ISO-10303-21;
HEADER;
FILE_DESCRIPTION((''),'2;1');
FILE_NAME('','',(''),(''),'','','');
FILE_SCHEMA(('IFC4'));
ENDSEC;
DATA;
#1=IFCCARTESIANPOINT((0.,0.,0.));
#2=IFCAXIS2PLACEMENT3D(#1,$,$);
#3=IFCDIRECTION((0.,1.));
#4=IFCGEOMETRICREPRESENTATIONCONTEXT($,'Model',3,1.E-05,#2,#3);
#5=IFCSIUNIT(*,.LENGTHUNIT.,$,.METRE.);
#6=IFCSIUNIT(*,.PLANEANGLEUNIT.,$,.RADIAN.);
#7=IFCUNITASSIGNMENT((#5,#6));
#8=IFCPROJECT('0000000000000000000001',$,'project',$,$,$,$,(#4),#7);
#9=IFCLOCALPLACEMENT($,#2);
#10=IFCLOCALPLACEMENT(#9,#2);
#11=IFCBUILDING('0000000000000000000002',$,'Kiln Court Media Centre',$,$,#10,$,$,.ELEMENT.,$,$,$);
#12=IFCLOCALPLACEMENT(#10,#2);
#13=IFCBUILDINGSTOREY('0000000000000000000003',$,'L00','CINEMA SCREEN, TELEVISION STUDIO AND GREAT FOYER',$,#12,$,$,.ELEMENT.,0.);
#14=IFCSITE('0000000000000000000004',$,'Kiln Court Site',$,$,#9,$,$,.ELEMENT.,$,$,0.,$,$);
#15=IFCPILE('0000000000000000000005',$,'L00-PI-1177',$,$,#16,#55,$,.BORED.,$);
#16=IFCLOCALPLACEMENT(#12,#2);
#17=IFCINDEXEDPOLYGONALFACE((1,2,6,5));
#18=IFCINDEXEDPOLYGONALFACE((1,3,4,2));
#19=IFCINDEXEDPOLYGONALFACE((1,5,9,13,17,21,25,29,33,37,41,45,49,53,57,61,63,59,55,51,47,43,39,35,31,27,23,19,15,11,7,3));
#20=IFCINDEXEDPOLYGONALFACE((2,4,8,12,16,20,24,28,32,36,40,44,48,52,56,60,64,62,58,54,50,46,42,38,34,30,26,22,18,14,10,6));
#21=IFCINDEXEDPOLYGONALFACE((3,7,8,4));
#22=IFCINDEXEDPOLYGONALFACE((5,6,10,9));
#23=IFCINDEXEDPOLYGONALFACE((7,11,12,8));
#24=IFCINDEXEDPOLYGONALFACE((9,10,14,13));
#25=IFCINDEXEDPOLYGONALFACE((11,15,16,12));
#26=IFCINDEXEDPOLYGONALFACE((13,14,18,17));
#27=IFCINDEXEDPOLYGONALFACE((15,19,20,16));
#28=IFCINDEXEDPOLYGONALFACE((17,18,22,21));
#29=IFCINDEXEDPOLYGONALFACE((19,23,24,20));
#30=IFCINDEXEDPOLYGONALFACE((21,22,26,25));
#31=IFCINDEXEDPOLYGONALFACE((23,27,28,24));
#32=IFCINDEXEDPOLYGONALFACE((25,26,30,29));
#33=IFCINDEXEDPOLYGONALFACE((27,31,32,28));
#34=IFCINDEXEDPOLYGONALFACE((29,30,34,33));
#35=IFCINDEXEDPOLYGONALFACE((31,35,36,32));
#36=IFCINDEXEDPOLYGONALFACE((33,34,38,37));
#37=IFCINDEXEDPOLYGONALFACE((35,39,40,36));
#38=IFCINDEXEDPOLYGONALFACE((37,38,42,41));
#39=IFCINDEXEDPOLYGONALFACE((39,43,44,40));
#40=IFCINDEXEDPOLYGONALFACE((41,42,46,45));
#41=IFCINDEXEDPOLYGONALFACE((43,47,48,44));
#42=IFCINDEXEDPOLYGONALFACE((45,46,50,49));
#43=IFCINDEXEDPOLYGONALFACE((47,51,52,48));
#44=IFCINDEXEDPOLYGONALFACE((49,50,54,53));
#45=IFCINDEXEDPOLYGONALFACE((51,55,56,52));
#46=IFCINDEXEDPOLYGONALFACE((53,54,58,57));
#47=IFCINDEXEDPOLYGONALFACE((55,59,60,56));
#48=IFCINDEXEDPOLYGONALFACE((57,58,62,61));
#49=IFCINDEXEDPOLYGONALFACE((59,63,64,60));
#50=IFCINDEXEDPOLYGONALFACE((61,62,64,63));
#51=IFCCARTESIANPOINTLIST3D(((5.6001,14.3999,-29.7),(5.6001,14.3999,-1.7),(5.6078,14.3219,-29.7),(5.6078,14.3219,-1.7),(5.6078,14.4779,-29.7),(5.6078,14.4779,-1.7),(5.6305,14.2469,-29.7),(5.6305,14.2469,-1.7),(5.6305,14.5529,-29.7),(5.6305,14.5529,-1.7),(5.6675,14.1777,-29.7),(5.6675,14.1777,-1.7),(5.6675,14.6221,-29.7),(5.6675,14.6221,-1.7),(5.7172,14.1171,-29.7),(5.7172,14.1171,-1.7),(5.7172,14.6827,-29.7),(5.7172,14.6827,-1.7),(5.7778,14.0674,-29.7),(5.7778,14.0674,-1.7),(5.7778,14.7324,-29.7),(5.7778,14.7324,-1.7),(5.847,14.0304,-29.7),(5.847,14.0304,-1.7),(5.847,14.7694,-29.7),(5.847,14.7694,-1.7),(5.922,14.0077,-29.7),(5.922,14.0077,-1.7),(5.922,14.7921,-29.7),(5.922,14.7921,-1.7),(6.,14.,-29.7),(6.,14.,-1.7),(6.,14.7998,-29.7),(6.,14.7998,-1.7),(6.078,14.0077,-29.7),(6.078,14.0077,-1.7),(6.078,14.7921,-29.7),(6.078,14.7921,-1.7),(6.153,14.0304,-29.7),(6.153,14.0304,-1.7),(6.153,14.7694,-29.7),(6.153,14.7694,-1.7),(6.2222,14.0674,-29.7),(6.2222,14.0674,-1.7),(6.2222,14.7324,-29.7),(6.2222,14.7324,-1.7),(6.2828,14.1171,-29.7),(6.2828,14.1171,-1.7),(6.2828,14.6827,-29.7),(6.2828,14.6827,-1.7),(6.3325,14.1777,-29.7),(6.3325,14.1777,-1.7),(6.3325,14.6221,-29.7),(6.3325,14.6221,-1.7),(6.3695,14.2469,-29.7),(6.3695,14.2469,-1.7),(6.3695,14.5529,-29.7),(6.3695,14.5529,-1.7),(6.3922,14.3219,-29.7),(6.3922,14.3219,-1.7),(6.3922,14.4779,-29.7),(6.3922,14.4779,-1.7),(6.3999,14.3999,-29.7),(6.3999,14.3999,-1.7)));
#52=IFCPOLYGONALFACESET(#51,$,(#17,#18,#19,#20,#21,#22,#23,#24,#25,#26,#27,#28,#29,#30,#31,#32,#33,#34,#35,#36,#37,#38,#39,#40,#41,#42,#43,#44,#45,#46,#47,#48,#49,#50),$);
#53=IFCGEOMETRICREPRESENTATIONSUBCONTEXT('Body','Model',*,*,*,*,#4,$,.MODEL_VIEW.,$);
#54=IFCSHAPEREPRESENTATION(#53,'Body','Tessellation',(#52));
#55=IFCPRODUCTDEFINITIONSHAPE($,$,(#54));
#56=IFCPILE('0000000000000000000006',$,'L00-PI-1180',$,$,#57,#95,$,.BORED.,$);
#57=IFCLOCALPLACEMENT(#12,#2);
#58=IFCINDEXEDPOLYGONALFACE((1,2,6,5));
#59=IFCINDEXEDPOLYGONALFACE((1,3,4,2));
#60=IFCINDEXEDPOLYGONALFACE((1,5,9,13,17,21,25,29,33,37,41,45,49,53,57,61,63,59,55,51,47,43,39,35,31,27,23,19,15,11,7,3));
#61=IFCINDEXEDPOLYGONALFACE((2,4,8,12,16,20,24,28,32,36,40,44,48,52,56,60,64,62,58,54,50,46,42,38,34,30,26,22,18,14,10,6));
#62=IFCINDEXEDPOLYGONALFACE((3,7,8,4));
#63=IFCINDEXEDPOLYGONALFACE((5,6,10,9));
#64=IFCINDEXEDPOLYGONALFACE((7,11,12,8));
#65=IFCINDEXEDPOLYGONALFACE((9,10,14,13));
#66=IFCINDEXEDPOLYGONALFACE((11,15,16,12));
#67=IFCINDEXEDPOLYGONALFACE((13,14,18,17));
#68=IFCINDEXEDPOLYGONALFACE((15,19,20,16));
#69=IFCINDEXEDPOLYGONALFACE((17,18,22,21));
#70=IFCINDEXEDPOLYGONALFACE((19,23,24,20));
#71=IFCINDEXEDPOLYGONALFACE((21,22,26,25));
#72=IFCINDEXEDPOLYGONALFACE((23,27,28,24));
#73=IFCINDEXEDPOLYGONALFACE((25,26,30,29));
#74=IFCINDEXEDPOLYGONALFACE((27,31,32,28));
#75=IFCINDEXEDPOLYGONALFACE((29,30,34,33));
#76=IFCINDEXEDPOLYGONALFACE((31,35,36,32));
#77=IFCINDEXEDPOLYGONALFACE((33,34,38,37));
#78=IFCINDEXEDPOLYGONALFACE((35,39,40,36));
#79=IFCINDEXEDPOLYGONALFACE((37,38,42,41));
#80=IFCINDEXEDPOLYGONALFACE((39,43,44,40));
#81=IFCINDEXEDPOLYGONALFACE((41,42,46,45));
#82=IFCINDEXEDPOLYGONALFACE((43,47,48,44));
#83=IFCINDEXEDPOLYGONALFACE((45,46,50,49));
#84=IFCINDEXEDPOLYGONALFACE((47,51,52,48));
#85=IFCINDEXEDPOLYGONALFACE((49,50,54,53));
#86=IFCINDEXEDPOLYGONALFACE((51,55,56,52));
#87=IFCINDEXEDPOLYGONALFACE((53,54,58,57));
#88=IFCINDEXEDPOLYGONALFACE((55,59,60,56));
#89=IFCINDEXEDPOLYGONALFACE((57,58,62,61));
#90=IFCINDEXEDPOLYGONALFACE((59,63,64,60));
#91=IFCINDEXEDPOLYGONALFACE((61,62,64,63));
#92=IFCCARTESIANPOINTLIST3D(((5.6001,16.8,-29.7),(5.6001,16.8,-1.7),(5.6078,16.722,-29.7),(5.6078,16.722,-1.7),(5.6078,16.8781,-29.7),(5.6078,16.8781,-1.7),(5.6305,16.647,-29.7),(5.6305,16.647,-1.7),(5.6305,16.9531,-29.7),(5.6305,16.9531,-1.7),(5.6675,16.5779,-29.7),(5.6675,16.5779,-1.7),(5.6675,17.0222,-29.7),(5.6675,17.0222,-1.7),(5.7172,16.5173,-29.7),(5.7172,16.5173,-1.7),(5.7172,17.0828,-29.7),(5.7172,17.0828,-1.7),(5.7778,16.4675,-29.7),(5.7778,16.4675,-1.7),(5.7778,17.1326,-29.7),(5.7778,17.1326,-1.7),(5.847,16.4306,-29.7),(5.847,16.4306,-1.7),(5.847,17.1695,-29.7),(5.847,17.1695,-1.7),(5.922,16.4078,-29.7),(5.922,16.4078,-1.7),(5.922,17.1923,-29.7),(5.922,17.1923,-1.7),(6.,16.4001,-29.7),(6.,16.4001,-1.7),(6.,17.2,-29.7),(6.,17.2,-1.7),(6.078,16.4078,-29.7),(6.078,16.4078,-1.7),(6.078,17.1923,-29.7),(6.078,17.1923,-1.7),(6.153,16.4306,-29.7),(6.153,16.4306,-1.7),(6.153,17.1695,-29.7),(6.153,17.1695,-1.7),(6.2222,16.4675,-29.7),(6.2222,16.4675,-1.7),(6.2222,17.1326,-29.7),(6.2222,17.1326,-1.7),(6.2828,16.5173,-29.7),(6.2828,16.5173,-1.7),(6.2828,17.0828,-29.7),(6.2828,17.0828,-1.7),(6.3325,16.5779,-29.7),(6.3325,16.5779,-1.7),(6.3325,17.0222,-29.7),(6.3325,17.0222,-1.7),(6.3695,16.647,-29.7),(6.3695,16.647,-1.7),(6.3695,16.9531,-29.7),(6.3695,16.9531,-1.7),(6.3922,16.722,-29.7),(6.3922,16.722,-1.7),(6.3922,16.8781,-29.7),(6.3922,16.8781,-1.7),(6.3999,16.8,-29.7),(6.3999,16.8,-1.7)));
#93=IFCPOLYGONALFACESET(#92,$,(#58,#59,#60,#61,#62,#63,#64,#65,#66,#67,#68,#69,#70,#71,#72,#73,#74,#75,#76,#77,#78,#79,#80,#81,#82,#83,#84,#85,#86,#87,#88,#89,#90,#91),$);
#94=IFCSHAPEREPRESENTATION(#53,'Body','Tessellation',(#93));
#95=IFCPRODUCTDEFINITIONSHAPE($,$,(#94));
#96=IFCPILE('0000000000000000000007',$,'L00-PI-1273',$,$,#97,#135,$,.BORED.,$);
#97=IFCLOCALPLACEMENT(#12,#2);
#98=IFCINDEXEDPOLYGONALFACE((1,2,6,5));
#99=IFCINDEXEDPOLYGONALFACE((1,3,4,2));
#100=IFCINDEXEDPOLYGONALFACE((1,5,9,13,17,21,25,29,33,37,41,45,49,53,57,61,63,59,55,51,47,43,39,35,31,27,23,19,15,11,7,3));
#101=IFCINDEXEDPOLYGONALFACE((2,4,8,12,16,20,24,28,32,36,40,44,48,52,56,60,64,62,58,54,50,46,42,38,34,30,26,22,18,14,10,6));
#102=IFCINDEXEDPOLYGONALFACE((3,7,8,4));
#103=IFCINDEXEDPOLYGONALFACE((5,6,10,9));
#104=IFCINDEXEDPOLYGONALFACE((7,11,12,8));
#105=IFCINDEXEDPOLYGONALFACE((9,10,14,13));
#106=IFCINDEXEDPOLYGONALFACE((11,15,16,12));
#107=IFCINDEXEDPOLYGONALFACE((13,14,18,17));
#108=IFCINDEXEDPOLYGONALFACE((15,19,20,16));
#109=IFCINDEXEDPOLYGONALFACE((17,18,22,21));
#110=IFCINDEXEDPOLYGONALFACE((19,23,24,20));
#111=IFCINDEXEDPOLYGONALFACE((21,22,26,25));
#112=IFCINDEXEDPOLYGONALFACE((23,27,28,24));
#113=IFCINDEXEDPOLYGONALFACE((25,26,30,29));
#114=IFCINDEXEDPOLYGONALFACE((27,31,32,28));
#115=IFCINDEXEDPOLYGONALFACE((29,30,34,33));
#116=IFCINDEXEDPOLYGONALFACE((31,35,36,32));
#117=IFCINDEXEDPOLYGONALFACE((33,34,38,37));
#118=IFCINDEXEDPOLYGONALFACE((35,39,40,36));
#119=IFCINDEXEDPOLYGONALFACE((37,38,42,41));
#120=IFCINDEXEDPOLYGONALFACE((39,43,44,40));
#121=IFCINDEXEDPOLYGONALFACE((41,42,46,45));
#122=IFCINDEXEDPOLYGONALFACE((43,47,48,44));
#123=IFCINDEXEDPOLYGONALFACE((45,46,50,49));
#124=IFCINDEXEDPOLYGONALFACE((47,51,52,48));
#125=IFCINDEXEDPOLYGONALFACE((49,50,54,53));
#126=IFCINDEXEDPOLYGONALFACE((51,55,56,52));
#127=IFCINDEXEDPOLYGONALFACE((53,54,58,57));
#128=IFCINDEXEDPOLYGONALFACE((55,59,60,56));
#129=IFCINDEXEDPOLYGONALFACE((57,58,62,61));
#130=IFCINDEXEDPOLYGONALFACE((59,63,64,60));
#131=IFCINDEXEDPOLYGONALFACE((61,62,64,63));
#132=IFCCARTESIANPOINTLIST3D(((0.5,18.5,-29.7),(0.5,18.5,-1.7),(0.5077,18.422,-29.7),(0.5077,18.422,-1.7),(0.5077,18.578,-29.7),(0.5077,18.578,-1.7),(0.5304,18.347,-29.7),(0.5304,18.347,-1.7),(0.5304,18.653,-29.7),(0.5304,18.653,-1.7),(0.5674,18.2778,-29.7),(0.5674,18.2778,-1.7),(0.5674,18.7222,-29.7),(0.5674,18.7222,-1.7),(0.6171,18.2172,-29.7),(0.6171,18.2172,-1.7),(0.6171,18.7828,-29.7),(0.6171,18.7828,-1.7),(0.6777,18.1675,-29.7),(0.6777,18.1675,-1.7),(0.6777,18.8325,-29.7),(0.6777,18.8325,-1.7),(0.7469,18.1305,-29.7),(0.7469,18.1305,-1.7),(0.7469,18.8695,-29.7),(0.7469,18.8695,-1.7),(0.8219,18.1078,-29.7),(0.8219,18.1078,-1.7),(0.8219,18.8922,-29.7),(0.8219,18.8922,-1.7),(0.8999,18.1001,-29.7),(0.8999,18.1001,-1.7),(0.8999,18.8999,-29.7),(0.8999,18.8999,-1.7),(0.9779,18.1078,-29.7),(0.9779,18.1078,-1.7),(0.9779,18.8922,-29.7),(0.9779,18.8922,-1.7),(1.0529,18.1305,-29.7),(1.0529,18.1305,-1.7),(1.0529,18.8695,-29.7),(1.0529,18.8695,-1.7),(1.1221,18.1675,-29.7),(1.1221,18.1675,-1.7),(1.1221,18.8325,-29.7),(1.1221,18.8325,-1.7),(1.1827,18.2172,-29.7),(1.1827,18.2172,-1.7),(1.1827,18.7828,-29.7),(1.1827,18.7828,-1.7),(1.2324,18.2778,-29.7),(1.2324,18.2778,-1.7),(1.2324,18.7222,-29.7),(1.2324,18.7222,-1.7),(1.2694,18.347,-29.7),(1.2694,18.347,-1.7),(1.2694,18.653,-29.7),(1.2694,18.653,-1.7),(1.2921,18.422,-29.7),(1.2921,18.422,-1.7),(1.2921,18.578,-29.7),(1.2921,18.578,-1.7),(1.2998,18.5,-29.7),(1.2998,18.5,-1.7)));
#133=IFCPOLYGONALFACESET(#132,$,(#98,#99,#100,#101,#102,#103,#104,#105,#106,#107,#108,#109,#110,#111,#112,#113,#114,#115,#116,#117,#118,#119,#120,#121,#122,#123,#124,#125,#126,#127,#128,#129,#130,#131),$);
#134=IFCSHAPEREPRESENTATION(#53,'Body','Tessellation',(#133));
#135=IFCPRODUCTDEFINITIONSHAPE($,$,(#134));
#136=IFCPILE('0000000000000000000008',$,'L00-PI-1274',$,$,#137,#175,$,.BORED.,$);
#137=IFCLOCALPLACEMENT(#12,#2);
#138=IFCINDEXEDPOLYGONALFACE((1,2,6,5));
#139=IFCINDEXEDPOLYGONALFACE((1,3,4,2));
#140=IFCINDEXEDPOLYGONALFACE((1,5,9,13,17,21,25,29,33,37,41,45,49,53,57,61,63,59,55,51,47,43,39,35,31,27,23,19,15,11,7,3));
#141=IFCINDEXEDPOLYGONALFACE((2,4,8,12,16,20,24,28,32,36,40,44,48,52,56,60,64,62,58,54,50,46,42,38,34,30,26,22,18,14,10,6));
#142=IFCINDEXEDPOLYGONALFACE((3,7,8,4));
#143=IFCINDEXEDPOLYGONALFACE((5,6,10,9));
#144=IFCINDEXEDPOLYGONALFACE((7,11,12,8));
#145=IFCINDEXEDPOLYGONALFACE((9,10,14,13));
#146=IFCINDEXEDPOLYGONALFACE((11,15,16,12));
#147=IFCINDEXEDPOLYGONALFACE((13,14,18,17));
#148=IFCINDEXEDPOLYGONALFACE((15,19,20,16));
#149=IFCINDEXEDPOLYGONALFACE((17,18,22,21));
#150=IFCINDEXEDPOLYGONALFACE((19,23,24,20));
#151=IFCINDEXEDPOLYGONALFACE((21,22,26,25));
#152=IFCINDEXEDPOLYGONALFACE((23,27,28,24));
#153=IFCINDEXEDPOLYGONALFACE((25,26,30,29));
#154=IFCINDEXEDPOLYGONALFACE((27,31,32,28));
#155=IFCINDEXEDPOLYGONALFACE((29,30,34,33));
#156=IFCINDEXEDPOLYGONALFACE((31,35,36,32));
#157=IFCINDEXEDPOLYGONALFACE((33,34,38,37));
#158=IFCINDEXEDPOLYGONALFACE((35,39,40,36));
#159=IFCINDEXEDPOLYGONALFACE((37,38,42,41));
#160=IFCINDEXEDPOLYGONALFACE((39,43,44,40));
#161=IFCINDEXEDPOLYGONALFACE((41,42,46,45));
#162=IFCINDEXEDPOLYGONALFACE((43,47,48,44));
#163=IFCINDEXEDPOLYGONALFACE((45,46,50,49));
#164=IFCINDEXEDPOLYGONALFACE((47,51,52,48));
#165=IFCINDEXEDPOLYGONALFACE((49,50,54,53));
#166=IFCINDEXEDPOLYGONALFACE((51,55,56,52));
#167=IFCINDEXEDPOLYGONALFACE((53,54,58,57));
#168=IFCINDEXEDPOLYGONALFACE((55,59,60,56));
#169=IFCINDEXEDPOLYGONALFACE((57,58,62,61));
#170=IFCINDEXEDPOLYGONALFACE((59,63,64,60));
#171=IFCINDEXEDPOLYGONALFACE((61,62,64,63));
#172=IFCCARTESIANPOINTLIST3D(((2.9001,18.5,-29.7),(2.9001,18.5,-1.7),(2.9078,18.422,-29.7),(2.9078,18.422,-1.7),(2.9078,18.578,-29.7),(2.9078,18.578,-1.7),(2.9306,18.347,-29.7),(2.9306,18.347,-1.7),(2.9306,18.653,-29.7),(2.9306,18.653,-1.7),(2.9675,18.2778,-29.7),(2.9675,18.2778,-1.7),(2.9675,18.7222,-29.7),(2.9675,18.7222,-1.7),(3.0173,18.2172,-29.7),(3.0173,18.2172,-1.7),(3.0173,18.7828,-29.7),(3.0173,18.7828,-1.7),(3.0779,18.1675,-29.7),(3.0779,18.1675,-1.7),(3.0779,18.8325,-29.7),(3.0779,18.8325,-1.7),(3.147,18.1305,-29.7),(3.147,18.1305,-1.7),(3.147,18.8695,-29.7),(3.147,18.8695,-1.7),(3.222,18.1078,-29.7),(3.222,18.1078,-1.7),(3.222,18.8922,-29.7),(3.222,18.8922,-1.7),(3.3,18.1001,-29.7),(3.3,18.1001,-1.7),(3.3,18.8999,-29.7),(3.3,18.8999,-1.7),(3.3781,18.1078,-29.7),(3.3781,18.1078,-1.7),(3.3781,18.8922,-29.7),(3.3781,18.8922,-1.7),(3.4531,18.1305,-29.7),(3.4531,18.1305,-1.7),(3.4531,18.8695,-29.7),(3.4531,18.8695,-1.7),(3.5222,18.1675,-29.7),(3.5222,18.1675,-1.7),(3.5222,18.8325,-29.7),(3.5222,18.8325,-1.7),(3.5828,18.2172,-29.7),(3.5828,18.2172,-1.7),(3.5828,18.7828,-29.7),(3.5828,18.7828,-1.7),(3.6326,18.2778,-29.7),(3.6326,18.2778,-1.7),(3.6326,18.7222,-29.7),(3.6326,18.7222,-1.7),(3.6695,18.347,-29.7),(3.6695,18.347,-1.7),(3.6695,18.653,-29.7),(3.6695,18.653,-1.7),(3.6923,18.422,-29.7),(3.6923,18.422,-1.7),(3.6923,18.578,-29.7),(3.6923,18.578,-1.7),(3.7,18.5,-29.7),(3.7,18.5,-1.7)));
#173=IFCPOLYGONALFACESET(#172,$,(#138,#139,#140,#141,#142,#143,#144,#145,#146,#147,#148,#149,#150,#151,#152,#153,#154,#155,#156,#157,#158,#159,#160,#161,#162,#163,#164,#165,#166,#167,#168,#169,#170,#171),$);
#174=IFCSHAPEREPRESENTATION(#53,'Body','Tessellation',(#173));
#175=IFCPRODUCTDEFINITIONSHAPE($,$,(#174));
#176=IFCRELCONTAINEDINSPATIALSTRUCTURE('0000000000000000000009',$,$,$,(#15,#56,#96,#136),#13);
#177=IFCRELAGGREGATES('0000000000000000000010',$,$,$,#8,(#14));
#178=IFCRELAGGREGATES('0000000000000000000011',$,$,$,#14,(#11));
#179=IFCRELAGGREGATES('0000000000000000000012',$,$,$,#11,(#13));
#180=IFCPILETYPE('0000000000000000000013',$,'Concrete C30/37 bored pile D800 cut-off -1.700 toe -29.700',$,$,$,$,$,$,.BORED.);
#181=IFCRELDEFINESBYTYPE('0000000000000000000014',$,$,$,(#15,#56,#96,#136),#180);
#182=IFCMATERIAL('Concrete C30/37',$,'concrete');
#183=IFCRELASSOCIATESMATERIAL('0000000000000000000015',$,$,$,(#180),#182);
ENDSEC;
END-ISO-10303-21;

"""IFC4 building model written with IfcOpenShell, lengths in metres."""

from ifc_helpers import new_model, si_unit, direction, frame, origin, origin_2d, place, context, subcontext, project, spatial, circle, extrude, material, material_profile, profile_set, type_object, element, save


model = new_model("IFC4")

# Units and contexts
model_context = context("Model", 3, precision=1e-05, world=origin(), true_north=direction((0.0, 1.0)))
body_context = subcontext(model_context, "Body", "Model", "MODEL_VIEW")
ifc_project = project(units=[si_unit("LENGTHUNIT", "METRE"), si_unit("PLANEANGLEUNIT", "RADIAN")], contexts=[model_context])

# Site, building, storey
site_placement = place(None, origin())
site = spatial("IfcSite", under=ifc_project, at=site_placement, Name="Kiln Court Site", CompositionType="ELEMENT", RefElevation=0.0)
building_placement = place(site_placement, origin())
building = spatial("IfcBuilding", under=site, at=building_placement, Name="Kiln Court Media Centre", CompositionType="ELEMENT")
storey_placement = place(building_placement, origin())
storey = spatial("IfcBuildingStorey", under=building, at=storey_placement, Name="L00", Description="CINEMA SCREEN, TELEVISION STUDIO AND GREAT FOYER", CompositionType="ELEMENT", Elevation=0.0)

# Piles
ifc_material_1 = material(Name="Concrete C30/37", Category="concrete")
ifc_material_profile_1 = material_profile(ifc_material_1, circle(Radius=0.3999, at=origin_2d()), Name="PILE D800")
ifc_profile_set_1 = profile_set([ifc_material_profile_1], Name="Concrete C30/37")
pile_type_1 = type_object("IfcPileType", Name="Concrete C30/37 bored pile D800 cut-off -1.700 toe -29.700", PredefinedType="BORED", material=ifc_profile_set_1)
for number, where, z_axis, x_axis, name in (
    (1, (6.0, 14.3999, -1.7), (0.0, 0.0, -1.0), (1.0, 0.0, 0.0), "L00-PI-1177"),
    (2, (6.0, 16.8, -1.7), (0.0, 0.0, -1.0), (1.0, 0.0, 0.0), "L00-PI-1180"),
    (3, (0.8999, 18.5, -1.7), (0.0, 0.0, -1.0), (1.0, 0.0, 0.0), "L00-PI-1273"),
    (4, (3.3, 18.5, -1.7), (0.0, 0.0, -1.0), (1.0, 0.0, 0.0), "L00-PI-1274"),
):
    element("IfcPile", number, at=place(storey_placement, frame(where, z_axis=z_axis, x_axis=x_axis)), inside=storey, type_object=pile_type_1, Name=name, PredefinedType="BORED", context=body_context, shape_type="SweptSolid", body=[
        extrude(circle(Radius=0.3999, at=origin_2d()), origin(), (0.0, 0.0, 1.0), 28.0),
    ])

save(model, "model.ifc")
